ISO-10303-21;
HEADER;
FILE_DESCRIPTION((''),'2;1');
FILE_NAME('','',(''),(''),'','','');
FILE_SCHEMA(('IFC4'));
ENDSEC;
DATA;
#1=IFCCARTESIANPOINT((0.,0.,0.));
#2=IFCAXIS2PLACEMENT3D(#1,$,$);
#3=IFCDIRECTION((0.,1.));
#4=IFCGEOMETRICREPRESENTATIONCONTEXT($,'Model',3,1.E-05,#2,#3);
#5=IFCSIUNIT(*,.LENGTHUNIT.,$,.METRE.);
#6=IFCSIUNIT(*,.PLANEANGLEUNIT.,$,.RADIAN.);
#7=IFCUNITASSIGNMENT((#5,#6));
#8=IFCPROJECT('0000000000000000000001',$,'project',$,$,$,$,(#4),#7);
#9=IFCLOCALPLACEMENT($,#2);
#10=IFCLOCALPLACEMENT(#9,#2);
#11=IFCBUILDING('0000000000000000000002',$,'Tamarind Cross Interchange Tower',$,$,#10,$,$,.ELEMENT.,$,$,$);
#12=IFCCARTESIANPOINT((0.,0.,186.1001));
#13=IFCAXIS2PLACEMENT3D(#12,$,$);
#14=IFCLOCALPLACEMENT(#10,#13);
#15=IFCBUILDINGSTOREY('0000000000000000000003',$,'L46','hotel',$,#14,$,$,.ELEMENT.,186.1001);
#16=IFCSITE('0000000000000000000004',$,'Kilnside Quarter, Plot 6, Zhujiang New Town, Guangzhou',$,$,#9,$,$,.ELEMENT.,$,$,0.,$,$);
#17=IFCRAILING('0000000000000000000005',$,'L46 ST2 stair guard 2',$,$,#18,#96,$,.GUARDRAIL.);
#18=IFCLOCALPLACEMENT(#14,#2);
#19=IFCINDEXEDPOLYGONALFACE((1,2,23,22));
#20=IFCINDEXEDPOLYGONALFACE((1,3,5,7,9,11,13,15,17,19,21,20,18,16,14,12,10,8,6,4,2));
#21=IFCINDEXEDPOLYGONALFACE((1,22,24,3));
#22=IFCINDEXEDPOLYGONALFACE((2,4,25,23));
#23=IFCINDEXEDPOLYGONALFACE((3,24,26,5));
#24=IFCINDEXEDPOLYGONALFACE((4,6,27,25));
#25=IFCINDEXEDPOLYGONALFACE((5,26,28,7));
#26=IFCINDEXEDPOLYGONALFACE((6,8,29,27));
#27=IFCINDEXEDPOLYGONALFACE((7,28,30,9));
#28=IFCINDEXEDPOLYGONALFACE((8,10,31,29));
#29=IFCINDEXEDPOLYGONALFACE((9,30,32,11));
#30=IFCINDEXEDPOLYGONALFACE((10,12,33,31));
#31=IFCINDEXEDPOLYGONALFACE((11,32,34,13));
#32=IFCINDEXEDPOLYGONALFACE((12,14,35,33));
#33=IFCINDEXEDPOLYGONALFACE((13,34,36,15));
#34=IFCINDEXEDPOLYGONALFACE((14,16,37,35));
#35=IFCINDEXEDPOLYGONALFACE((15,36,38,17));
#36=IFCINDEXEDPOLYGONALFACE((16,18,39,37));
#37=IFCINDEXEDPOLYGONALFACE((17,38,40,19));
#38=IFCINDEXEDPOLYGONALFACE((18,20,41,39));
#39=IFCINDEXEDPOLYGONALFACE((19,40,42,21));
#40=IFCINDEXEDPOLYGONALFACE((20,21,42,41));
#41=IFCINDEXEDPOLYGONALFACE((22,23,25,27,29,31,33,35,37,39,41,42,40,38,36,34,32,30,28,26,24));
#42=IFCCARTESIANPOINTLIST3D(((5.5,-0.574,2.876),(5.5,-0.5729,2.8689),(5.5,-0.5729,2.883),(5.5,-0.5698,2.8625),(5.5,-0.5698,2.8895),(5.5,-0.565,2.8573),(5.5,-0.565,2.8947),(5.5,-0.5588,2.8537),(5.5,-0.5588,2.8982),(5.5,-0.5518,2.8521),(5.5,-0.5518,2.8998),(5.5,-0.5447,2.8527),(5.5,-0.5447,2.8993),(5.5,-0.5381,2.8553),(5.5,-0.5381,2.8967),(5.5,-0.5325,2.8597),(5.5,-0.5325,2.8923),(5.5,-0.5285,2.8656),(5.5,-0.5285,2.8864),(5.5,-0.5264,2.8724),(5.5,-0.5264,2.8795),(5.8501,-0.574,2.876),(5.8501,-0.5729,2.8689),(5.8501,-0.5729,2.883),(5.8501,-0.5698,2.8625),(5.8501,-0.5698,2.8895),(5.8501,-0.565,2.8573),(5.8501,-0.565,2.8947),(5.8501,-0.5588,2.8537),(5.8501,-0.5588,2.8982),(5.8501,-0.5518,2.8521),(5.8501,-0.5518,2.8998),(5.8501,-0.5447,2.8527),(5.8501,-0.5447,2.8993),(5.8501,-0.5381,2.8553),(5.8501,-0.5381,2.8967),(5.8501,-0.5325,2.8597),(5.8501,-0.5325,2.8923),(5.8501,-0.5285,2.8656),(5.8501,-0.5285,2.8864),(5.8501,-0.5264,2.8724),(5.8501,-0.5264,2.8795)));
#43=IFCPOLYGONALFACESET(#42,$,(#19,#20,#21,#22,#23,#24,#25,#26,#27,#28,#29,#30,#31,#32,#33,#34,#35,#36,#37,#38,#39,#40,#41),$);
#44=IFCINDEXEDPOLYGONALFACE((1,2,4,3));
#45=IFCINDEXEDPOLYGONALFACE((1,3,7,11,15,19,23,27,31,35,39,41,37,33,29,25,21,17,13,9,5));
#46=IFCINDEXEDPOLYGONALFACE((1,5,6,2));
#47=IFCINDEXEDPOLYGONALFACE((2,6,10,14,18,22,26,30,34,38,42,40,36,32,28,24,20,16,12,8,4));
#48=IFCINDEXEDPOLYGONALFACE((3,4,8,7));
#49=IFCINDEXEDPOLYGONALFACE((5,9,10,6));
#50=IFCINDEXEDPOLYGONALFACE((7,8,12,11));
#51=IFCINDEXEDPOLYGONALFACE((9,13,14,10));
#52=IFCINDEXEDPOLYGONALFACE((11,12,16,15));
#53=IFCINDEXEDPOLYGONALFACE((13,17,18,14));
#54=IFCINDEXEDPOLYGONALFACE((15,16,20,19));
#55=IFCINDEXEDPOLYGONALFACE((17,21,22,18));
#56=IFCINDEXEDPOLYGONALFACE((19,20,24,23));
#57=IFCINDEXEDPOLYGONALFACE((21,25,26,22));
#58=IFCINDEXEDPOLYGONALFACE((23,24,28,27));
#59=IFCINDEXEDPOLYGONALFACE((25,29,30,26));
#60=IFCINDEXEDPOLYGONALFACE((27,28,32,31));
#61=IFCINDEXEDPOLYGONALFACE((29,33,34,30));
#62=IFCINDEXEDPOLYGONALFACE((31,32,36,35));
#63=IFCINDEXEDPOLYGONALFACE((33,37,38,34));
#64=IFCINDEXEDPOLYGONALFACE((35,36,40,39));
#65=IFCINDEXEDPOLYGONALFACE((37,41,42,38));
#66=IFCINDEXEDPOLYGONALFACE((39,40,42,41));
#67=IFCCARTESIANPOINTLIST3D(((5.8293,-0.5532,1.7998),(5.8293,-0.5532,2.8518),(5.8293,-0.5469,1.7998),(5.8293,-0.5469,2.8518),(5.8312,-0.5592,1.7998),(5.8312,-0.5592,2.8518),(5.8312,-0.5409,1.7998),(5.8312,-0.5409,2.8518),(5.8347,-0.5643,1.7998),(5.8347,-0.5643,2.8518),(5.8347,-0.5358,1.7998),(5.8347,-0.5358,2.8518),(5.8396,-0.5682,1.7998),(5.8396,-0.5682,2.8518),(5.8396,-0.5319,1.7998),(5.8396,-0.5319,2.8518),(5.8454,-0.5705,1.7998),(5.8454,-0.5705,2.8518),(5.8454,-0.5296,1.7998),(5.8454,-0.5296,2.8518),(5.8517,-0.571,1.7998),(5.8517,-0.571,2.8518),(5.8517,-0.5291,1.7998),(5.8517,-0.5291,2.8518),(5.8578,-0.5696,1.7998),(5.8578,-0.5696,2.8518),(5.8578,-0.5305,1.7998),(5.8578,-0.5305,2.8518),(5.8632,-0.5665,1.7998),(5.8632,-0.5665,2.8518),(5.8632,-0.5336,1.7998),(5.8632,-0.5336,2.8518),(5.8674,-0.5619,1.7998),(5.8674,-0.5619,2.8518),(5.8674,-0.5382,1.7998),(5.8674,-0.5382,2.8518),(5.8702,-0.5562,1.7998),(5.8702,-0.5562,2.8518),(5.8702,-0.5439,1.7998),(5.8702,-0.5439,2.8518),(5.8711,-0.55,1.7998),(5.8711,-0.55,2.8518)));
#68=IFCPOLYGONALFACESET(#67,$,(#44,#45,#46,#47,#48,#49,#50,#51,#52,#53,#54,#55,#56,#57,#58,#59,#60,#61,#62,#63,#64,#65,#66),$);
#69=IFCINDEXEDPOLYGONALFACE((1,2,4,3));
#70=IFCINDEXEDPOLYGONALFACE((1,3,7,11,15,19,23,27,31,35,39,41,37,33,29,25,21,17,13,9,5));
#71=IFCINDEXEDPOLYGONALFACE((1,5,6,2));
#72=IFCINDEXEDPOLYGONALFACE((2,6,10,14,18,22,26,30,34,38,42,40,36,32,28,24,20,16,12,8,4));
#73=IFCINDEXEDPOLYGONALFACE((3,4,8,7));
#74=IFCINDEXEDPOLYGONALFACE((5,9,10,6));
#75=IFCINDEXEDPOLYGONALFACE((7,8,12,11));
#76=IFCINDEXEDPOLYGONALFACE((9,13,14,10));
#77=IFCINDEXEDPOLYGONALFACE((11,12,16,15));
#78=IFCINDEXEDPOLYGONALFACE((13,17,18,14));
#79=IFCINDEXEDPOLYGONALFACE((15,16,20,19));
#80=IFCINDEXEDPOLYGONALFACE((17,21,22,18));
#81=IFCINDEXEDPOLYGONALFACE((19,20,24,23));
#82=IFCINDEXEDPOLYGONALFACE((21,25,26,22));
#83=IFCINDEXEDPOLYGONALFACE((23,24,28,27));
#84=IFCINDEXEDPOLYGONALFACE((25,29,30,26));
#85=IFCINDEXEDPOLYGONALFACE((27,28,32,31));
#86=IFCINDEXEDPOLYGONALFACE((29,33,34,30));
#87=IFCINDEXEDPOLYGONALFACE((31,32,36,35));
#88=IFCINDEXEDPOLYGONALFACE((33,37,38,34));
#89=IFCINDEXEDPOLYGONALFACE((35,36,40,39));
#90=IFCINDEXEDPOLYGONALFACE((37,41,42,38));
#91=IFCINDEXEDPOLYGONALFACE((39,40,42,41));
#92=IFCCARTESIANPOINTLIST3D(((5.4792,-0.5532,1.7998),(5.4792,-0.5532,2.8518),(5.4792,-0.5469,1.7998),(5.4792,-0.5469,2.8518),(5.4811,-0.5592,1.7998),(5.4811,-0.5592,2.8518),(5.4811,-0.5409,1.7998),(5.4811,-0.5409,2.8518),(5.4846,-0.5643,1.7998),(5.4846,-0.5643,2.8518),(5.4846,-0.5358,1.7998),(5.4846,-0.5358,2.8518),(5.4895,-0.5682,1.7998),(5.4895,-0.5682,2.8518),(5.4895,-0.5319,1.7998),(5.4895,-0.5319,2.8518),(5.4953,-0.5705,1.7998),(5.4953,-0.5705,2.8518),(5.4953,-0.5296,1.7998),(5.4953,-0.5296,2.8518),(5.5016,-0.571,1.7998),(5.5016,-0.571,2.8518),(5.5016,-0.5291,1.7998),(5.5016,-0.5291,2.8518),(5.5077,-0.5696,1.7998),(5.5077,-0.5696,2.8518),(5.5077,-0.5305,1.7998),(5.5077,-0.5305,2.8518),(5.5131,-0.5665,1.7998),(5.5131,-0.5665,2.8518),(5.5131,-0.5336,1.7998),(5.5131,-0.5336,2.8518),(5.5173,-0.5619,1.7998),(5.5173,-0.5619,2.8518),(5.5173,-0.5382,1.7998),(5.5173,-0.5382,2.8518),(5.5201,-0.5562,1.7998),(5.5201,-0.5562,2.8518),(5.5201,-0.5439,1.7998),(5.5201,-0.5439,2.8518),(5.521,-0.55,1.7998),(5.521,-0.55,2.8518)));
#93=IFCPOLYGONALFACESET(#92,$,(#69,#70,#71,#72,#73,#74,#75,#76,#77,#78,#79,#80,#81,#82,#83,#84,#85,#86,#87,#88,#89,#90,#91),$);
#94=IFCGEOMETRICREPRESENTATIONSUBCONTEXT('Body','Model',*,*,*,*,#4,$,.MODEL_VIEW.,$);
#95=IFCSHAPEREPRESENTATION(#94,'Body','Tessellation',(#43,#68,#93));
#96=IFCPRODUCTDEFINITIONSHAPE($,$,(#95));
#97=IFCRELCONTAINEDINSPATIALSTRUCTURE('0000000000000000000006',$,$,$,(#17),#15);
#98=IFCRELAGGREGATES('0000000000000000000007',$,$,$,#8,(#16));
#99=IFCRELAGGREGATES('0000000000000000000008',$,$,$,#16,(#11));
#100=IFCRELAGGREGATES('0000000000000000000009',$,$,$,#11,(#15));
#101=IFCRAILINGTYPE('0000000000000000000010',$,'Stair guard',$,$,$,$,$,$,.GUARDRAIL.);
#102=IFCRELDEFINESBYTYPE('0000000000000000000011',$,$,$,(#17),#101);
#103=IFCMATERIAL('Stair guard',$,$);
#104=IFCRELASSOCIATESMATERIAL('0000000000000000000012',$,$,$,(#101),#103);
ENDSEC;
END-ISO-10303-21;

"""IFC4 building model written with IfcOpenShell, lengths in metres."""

from ifc_helpers import new_model, si_unit, direction, frame, origin, origin_2d, place, context, subcontext, project, spatial, circle, extrude, material, type_object, element, save


model = new_model("IFC4")

# Units and contexts
model_context = context("Model", 3, precision=1e-05, world=origin(), true_north=direction((0.0, 1.0)))
body_context = subcontext(model_context, "Body", "Model", "MODEL_VIEW")
ifc_project = project(units=[si_unit("LENGTHUNIT", "METRE"), si_unit("PLANEANGLEUNIT", "RADIAN")], contexts=[model_context])

# Site, building, storey
site_placement = place(None, origin())
site = spatial("IfcSite", under=ifc_project, at=site_placement, Name="Kilnside Quarter, Plot 6, Zhujiang New Town, Guangzhou", CompositionType="ELEMENT", RefElevation=0.0)
building_placement = place(site_placement, origin())
building = spatial("IfcBuilding", under=site, at=building_placement, Name="Tamarind Cross Interchange Tower", CompositionType="ELEMENT")
storey_placement = place(building_placement, frame((0.0, 0.0, 186.1001)))
storey = spatial("IfcBuildingStorey", under=building, at=storey_placement, Name="L46", Description="hotel", CompositionType="ELEMENT", Elevation=186.1001)

# Railing
ifc_material_1 = material(Name="Stair guard")
railing_type_1 = type_object("IfcRailingType", Name="Stair guard", PredefinedType="GUARDRAIL", material=ifc_material_1)
railing_1_placement = place(storey_placement, frame((5.8501, -0.55, 1.7998)))
element("IfcRailing", 1, at=railing_1_placement, inside=storey, type_object=railing_type_1, Name="L46 ST2 stair guard 2", PredefinedType="GUARDRAIL", context=body_context, shape_type="SweptSolid", body=[
    extrude(circle(Radius=0.0239, at=origin_2d()), frame((0.0, 0.0, 1.0762), z_axis=(-1.0, 0.0, 0.0), x_axis=(0.0, -1.0, 0.0)), (0.0, 0.0, 1.0), 0.3501),
    extrude(circle(Radius=0.021, at=origin_2d()), origin(), (0.0, 0.0, 1.0), 1.052),
    extrude(circle(Radius=0.021, at=origin_2d()), frame((-0.3501, 0.0, 0.0)), (0.0, 0.0, 1.0), 1.052),
])

save(model, "model.ifc")
